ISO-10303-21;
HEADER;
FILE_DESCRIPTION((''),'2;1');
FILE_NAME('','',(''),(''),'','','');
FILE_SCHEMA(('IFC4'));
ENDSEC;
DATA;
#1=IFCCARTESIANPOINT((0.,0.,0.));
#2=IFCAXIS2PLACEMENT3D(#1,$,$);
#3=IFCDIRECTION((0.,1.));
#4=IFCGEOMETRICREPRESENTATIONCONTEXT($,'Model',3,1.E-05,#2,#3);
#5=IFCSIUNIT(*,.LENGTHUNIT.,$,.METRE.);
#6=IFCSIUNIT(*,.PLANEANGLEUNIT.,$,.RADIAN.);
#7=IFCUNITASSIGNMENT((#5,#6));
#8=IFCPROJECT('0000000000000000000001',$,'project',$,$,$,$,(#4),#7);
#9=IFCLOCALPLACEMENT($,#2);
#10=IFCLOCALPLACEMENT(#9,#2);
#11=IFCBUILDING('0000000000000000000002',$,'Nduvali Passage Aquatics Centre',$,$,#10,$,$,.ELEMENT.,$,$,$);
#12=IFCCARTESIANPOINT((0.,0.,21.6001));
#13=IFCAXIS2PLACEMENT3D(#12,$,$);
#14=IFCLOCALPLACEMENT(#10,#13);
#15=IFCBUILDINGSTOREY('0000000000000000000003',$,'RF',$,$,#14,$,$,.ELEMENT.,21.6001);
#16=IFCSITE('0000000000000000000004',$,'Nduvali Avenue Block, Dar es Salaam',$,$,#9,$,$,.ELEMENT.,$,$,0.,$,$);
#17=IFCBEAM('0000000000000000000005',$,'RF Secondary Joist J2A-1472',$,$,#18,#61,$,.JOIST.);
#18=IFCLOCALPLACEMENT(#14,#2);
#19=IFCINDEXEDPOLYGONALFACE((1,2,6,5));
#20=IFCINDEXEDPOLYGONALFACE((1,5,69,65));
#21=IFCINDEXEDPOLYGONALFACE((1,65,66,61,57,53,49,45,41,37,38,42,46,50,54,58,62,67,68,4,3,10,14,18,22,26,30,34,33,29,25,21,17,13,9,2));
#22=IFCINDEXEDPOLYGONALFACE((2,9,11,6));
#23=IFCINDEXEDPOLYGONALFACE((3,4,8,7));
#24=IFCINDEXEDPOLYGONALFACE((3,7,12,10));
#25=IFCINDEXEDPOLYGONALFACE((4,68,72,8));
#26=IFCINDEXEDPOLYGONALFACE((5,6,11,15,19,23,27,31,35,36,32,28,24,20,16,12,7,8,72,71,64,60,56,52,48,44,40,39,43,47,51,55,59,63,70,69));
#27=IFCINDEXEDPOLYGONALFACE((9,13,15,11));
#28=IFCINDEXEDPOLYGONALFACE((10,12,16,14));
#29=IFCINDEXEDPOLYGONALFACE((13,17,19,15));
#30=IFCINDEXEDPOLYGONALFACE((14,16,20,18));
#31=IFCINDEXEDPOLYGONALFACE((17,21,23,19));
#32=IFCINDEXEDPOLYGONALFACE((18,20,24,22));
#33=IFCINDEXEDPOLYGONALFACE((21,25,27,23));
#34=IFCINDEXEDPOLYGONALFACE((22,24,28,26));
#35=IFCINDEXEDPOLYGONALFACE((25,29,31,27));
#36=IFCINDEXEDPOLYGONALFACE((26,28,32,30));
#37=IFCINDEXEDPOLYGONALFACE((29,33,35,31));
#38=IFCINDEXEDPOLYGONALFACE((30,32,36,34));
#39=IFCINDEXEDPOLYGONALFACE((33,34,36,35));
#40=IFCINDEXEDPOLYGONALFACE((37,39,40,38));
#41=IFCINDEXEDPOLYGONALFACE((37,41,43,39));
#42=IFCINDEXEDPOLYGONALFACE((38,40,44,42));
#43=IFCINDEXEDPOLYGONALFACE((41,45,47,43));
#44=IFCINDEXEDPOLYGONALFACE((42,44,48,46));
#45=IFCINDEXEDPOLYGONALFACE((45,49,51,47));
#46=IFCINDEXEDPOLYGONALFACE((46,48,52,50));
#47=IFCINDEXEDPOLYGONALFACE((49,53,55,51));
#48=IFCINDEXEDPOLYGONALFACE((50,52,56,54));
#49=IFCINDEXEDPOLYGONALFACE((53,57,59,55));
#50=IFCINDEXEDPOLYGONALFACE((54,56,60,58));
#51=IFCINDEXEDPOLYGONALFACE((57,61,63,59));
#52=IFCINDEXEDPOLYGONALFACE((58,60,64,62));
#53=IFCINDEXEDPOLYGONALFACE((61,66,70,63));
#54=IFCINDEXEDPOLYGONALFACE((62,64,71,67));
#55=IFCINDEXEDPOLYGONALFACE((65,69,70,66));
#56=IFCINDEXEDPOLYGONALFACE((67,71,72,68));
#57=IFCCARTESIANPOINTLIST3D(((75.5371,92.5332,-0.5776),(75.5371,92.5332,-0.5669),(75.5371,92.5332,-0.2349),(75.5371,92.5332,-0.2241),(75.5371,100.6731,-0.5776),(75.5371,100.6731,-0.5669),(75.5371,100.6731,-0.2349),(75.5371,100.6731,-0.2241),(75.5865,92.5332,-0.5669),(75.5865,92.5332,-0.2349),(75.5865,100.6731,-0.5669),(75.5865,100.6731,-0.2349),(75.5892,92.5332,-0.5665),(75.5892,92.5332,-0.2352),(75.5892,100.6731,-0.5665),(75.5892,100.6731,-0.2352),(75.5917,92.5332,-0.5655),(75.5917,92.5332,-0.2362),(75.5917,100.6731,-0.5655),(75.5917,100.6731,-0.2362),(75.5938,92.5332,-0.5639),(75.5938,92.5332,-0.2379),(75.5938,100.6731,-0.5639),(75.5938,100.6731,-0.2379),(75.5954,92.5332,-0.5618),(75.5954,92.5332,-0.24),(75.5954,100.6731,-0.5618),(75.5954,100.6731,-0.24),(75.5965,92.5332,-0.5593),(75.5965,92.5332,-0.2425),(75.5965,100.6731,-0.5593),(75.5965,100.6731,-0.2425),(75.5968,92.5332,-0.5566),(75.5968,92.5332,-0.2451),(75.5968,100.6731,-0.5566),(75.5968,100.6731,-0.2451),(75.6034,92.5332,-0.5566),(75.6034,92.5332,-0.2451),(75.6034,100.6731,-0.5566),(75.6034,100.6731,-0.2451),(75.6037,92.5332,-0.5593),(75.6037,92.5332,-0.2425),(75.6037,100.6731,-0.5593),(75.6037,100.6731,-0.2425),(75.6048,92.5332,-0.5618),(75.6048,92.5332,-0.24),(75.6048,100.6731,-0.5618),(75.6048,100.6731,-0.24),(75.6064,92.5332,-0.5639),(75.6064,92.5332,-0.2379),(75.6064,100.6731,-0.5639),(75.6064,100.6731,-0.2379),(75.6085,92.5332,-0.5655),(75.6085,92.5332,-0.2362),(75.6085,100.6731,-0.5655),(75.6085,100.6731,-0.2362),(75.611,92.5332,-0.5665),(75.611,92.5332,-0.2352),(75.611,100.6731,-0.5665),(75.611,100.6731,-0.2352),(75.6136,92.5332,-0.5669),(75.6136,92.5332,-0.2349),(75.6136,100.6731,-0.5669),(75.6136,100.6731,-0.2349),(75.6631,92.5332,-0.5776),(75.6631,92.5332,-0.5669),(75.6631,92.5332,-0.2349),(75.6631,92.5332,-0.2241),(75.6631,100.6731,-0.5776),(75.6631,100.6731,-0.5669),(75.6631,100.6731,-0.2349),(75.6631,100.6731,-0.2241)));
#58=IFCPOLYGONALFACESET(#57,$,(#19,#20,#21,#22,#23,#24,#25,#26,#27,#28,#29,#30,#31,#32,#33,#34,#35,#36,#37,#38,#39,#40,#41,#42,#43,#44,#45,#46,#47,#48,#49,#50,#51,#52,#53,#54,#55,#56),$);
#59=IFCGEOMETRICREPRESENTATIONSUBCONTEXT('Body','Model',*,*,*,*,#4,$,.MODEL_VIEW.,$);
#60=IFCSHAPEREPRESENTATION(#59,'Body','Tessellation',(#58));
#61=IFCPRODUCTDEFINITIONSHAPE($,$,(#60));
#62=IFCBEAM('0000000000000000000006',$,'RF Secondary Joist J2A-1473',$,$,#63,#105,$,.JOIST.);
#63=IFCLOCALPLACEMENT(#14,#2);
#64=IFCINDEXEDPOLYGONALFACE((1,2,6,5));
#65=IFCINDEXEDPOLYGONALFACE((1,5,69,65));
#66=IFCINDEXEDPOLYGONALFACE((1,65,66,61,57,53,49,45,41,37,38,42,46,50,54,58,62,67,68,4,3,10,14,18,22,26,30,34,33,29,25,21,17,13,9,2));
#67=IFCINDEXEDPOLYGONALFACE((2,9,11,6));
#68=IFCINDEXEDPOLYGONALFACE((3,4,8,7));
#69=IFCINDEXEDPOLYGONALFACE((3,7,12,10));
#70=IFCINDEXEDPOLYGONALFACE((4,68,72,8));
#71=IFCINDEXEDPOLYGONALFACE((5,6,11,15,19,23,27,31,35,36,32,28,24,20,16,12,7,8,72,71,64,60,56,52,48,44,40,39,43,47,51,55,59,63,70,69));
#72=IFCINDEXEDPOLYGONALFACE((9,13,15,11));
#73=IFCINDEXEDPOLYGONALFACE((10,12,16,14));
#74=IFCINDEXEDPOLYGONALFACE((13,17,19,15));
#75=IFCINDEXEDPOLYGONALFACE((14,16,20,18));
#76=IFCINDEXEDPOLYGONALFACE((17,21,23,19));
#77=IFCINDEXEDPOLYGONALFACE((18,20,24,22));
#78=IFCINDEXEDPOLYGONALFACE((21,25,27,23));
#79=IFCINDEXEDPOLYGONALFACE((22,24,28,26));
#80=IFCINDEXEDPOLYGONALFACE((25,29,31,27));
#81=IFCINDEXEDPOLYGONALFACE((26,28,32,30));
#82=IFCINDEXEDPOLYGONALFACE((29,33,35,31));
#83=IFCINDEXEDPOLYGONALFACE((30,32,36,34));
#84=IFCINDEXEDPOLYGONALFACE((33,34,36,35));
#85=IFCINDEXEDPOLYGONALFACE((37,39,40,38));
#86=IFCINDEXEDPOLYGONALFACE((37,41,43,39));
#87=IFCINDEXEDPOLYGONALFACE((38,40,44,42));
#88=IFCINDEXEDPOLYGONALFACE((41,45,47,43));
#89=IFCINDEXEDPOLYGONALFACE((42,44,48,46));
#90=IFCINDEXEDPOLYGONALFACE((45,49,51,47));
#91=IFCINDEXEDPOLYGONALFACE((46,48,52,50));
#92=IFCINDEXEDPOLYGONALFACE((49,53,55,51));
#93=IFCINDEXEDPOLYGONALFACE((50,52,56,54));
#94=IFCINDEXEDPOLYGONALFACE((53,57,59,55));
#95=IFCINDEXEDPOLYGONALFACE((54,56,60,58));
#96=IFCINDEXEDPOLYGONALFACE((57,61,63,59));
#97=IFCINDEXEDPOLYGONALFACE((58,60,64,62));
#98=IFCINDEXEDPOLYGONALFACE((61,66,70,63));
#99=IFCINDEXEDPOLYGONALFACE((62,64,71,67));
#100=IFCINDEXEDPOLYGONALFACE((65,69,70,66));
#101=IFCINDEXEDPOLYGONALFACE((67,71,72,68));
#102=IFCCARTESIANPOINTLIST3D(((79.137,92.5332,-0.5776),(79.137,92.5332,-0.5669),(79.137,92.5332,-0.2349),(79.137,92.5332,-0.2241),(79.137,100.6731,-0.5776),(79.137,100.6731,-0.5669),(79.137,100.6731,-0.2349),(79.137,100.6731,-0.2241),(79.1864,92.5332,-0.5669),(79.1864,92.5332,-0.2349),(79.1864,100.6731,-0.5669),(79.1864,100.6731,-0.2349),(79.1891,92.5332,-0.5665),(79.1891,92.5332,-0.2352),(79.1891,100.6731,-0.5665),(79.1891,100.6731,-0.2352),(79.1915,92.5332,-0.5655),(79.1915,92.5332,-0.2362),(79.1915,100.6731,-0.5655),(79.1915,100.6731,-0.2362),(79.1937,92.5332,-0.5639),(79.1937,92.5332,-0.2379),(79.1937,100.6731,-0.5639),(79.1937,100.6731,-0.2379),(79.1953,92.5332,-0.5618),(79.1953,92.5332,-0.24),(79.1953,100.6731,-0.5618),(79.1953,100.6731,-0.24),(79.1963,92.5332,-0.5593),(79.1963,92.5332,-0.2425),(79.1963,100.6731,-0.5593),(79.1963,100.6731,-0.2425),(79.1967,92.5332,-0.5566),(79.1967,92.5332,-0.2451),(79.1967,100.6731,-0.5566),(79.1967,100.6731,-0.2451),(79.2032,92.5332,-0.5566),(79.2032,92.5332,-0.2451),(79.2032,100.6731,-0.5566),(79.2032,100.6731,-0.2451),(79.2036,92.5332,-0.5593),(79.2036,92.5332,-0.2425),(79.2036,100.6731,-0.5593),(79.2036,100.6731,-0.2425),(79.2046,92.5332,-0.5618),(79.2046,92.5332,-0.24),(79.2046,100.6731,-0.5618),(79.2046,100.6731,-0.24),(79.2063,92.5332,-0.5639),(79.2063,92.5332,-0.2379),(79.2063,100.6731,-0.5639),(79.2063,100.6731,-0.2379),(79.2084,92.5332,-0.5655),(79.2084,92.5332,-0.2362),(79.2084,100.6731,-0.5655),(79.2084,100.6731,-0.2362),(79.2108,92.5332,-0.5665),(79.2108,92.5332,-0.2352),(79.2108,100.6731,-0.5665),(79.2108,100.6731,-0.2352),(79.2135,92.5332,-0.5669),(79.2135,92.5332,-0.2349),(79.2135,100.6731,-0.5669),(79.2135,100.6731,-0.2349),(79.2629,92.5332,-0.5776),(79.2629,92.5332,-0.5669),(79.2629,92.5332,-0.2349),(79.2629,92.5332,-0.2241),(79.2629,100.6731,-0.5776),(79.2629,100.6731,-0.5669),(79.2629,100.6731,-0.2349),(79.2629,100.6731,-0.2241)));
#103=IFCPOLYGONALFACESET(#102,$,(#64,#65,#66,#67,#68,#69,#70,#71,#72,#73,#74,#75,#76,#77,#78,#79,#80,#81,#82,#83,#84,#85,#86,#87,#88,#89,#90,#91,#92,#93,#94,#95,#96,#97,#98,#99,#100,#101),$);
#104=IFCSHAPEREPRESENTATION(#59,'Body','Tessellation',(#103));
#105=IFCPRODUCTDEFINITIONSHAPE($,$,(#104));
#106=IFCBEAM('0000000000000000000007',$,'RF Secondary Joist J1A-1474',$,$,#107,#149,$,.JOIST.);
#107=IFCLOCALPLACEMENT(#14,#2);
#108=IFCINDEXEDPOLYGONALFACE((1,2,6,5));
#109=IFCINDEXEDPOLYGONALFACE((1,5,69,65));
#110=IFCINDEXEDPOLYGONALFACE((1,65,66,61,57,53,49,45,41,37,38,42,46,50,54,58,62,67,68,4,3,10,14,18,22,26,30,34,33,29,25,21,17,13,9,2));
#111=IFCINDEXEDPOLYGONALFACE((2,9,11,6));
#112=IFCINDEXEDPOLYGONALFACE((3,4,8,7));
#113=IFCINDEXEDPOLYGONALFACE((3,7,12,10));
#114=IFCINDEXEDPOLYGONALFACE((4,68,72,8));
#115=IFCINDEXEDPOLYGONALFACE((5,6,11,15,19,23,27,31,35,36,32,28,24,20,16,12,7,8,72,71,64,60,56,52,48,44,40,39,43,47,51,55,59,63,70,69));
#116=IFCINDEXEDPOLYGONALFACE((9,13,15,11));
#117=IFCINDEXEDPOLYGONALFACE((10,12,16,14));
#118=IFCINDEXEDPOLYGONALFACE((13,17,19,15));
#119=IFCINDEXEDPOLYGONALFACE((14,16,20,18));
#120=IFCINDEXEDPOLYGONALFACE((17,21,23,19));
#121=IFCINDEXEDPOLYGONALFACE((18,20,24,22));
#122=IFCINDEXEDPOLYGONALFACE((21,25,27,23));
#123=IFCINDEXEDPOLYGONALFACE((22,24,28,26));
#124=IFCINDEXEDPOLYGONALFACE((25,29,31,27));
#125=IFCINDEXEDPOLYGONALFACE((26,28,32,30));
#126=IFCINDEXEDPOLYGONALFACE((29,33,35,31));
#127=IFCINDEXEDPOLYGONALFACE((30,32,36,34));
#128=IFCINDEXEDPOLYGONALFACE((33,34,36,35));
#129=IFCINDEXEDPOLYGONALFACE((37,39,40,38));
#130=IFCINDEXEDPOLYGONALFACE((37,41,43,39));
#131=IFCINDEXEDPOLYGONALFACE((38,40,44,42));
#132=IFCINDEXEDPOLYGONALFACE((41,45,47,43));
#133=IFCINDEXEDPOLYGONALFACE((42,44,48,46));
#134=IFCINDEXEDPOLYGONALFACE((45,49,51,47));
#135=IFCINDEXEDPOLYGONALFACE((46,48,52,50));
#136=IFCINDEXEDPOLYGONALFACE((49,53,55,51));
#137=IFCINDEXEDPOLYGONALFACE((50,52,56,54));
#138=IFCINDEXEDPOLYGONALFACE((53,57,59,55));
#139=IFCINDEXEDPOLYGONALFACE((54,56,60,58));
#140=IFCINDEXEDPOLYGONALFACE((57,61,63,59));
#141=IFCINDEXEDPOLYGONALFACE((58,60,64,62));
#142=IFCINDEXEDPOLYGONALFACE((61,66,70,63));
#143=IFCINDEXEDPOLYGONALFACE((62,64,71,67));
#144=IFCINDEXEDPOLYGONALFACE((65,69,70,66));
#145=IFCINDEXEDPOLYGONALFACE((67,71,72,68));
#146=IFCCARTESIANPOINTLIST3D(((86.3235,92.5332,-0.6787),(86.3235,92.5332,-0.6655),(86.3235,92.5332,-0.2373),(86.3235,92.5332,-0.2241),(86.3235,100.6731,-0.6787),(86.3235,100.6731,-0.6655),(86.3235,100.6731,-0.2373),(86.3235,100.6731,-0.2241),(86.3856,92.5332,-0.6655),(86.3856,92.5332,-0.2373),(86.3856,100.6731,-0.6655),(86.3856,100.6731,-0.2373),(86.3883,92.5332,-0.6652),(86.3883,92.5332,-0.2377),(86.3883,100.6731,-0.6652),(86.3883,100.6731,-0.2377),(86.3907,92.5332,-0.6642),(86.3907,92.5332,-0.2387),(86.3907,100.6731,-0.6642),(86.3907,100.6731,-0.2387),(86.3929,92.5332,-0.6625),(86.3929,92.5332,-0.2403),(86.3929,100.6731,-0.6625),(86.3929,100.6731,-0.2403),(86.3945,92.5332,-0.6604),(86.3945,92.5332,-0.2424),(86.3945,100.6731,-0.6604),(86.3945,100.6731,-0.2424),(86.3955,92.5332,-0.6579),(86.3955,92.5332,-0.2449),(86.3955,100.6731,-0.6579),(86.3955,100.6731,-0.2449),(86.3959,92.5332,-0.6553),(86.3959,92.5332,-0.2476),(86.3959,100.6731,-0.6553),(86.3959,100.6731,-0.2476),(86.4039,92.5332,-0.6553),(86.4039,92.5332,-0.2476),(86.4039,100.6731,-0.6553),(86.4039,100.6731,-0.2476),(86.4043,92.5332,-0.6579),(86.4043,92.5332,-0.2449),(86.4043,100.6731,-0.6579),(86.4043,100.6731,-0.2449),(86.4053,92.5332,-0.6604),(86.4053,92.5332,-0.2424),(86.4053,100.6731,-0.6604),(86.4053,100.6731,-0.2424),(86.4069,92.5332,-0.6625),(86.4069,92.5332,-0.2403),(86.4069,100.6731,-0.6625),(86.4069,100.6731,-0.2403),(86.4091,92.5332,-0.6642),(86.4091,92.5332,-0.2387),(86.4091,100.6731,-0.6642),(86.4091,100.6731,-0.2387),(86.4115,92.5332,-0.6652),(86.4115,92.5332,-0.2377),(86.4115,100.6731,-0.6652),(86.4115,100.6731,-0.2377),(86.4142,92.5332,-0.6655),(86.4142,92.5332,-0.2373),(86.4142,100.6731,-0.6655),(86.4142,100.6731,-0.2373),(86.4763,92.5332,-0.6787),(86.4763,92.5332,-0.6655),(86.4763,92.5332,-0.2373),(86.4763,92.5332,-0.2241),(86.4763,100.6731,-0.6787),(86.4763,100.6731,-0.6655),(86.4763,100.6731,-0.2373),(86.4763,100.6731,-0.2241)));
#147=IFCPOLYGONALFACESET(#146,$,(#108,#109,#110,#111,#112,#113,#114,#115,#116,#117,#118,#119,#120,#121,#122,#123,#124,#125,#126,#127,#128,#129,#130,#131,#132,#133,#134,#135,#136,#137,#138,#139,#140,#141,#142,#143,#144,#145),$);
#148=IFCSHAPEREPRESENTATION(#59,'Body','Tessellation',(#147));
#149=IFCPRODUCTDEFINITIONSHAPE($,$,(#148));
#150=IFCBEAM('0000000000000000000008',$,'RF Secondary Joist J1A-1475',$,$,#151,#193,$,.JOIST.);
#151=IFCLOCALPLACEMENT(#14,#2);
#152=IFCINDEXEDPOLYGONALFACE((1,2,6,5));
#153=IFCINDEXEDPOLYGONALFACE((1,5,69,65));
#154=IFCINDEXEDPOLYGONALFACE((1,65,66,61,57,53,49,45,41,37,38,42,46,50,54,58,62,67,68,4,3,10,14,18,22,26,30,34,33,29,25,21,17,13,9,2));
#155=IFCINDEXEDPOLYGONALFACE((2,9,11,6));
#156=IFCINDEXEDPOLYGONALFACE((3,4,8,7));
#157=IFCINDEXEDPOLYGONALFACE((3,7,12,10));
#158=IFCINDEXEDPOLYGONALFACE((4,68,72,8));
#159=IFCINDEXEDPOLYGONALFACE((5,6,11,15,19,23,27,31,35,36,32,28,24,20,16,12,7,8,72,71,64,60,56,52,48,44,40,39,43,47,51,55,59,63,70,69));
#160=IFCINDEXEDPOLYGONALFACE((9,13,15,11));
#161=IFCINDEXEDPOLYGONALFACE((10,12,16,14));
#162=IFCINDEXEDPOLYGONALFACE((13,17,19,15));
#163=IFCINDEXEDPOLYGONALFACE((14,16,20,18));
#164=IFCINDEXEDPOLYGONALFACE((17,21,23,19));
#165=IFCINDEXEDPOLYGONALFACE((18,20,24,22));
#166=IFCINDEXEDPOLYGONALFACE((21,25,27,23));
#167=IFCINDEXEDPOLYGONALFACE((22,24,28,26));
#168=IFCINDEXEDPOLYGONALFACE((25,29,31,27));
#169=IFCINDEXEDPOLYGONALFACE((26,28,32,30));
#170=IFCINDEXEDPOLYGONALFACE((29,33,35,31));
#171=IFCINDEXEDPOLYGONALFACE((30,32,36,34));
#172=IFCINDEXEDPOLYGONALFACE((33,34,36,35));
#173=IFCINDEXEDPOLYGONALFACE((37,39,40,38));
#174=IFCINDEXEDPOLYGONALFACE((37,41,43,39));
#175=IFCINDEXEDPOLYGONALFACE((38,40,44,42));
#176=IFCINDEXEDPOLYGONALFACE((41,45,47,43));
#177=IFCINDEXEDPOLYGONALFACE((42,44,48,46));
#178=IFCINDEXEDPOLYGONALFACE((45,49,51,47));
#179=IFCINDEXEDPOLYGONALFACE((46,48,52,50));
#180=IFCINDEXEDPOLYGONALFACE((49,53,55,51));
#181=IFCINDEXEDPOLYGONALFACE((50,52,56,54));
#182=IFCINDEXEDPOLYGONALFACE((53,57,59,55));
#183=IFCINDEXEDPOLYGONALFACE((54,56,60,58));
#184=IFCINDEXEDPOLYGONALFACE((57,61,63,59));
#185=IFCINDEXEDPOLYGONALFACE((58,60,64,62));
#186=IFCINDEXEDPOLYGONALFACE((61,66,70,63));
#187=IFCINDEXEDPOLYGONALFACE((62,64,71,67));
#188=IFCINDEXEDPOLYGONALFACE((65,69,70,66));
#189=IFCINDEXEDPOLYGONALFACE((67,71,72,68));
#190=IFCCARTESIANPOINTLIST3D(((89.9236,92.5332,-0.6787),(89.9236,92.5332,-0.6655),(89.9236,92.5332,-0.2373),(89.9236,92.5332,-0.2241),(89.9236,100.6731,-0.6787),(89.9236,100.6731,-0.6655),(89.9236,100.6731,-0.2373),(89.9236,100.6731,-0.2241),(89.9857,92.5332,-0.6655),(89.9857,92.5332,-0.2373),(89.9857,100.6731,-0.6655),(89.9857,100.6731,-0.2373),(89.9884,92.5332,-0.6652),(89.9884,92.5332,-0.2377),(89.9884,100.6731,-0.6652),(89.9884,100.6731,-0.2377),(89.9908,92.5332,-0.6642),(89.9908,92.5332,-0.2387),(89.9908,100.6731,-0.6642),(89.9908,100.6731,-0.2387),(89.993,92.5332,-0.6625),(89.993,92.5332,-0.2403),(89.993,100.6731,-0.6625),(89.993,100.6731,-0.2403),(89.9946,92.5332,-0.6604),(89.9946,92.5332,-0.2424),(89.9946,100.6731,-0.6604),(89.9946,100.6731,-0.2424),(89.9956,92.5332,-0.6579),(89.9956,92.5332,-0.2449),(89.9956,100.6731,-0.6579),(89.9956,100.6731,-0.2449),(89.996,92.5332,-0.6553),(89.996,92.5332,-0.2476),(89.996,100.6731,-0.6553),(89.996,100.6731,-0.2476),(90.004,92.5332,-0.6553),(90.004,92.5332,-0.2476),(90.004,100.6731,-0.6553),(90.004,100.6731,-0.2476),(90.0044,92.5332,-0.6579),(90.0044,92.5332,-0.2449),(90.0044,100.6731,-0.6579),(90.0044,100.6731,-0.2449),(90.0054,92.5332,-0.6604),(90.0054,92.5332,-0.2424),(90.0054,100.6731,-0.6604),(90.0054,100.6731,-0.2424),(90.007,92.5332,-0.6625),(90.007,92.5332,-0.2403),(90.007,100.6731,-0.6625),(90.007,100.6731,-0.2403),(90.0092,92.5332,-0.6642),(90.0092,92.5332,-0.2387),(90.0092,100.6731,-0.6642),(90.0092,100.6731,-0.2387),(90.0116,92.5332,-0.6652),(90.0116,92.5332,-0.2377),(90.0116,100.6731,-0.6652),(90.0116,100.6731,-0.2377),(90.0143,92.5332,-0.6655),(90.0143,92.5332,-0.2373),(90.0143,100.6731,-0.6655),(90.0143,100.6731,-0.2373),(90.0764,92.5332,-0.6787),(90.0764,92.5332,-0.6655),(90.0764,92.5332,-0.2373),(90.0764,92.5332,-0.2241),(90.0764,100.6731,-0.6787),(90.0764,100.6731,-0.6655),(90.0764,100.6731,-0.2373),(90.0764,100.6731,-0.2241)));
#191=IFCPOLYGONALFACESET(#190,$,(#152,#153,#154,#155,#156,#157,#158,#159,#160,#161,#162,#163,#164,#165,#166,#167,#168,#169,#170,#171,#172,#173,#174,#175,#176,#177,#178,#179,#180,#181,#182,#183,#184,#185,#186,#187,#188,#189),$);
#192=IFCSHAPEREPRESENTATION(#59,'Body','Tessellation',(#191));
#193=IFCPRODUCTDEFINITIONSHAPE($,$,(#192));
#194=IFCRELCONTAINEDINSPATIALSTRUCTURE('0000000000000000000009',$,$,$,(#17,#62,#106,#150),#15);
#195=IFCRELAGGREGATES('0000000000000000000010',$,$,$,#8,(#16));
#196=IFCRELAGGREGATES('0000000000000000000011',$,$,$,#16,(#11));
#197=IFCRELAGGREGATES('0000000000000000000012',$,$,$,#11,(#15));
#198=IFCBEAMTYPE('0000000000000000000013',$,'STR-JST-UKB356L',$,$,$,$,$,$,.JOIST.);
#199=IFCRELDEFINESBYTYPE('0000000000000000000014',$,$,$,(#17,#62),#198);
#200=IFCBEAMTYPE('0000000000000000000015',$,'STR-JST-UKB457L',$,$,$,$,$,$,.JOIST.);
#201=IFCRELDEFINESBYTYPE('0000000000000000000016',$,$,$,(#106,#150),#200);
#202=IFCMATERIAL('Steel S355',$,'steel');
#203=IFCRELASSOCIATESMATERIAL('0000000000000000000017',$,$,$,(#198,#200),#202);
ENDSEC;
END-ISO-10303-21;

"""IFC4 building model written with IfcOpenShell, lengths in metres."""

from ifc_helpers import new_model, si_unit, direction, frame, origin, origin_2d, place, context, subcontext, project, spatial, i_section, extrude, material, material_profile, profile_set, type_object, element, save


model = new_model("IFC4")

# Units and contexts
model_context = context("Model", 3, precision=1e-05, world=origin(), true_north=direction((0.0, 1.0)))
body_context = subcontext(model_context, "Body", "Model", "MODEL_VIEW")
ifc_project = project(units=[si_unit("LENGTHUNIT", "METRE"), si_unit("PLANEANGLEUNIT", "RADIAN")], contexts=[model_context])

# Site, building, storey
site_placement = place(None, origin())
site = spatial("IfcSite", under=ifc_project, at=site_placement, Name="Nduvali Avenue Block, Dar es Salaam", CompositionType="ELEMENT", RefElevation=0.0)
building_placement = place(site_placement, origin())
building = spatial("IfcBuilding", under=site, at=building_placement, Name="Nduvali Passage Aquatics Centre", CompositionType="ELEMENT")
storey_placement = place(building_placement, frame((0.0, 0.0, 21.6001)))
storey = spatial("IfcBuildingStorey", under=building, at=storey_placement, Name="RF", CompositionType="ELEMENT", Elevation=21.6001)

# Beams
ifc_material_1 = material(Name="Steel S355", Category="steel")
ifc_material_profile_1 = material_profile(ifc_material_1, i_section(OverallWidth=0.126, OverallDepth=0.3535, WebThickness=0.0066, FlangeThickness=0.0107, FilletRadius=0.0103, at=origin_2d()), Name="UKB 356x127x39")
ifc_profile_set_1 = profile_set([ifc_material_profile_1], Name="Steel S355")
beam_type_1 = type_object("IfcBeamType", Name="STR-JST-UKB356L", PredefinedType="JOIST", material=ifc_profile_set_1)
for number, where, z_axis, x_axis, name in (
    (1, (75.6001, 92.5332, -0.4009), (0.0, 1.0, 0.0), (-1.0, 0.0, 0.0), "RF Secondary Joist J2A-1472"),
    (2, (79.2, 92.5332, -0.4009), (0.0, 1.0, 0.0), (-1.0, 0.0, 0.0), "RF Secondary Joist J2A-1473"),
):
    element("IfcBeam", number, at=place(storey_placement, frame(where, z_axis=z_axis, x_axis=x_axis)), inside=storey, type_object=beam_type_1, Name=name, PredefinedType="JOIST", context=body_context, shape_type="SweptSolid", body=[
        extrude(i_section(OverallWidth=0.126, OverallDepth=0.3535, WebThickness=0.0066, FlangeThickness=0.0107, FilletRadius=0.0103, at=origin_2d()), origin(), (0.0, 0.0, 1.0), 8.1399),
    ])
ifc_material_profile_2 = material_profile(ifc_material_1, i_section(OverallWidth=0.1528, OverallDepth=0.4546, WebThickness=0.0081, FlangeThickness=0.0132, FilletRadius=0.0103, at=origin_2d()), Name="UKB 457x152x60")
ifc_profile_set_2 = profile_set([ifc_material_profile_2], Name="Steel S355")
beam_type_2 = type_object("IfcBeamType", Name="STR-JST-UKB457L", PredefinedType="JOIST", material=ifc_profile_set_2)
for number, where, z_axis, x_axis, name in (
    (3, (86.3999, 92.5332, -0.4514), (0.0, 1.0, 0.0), (-1.0, 0.0, 0.0), "RF Secondary Joist J1A-1474"),
    (4, (90.0, 92.5332, -0.4514), (0.0, 1.0, 0.0), (-1.0, 0.0, 0.0), "RF Secondary Joist J1A-1475"),
):
    element("IfcBeam", number, at=place(storey_placement, frame(where, z_axis=z_axis, x_axis=x_axis)), inside=storey, type_object=beam_type_2, Name=name, PredefinedType="JOIST", context=body_context, shape_type="SweptSolid", body=[
        extrude(i_section(OverallWidth=0.1528, OverallDepth=0.4546, WebThickness=0.0081, FlangeThickness=0.0132, FilletRadius=0.0103, at=origin_2d()), origin(), (0.0, 0.0, 1.0), 8.1399),
    ])

save(model, "model.ifc")
